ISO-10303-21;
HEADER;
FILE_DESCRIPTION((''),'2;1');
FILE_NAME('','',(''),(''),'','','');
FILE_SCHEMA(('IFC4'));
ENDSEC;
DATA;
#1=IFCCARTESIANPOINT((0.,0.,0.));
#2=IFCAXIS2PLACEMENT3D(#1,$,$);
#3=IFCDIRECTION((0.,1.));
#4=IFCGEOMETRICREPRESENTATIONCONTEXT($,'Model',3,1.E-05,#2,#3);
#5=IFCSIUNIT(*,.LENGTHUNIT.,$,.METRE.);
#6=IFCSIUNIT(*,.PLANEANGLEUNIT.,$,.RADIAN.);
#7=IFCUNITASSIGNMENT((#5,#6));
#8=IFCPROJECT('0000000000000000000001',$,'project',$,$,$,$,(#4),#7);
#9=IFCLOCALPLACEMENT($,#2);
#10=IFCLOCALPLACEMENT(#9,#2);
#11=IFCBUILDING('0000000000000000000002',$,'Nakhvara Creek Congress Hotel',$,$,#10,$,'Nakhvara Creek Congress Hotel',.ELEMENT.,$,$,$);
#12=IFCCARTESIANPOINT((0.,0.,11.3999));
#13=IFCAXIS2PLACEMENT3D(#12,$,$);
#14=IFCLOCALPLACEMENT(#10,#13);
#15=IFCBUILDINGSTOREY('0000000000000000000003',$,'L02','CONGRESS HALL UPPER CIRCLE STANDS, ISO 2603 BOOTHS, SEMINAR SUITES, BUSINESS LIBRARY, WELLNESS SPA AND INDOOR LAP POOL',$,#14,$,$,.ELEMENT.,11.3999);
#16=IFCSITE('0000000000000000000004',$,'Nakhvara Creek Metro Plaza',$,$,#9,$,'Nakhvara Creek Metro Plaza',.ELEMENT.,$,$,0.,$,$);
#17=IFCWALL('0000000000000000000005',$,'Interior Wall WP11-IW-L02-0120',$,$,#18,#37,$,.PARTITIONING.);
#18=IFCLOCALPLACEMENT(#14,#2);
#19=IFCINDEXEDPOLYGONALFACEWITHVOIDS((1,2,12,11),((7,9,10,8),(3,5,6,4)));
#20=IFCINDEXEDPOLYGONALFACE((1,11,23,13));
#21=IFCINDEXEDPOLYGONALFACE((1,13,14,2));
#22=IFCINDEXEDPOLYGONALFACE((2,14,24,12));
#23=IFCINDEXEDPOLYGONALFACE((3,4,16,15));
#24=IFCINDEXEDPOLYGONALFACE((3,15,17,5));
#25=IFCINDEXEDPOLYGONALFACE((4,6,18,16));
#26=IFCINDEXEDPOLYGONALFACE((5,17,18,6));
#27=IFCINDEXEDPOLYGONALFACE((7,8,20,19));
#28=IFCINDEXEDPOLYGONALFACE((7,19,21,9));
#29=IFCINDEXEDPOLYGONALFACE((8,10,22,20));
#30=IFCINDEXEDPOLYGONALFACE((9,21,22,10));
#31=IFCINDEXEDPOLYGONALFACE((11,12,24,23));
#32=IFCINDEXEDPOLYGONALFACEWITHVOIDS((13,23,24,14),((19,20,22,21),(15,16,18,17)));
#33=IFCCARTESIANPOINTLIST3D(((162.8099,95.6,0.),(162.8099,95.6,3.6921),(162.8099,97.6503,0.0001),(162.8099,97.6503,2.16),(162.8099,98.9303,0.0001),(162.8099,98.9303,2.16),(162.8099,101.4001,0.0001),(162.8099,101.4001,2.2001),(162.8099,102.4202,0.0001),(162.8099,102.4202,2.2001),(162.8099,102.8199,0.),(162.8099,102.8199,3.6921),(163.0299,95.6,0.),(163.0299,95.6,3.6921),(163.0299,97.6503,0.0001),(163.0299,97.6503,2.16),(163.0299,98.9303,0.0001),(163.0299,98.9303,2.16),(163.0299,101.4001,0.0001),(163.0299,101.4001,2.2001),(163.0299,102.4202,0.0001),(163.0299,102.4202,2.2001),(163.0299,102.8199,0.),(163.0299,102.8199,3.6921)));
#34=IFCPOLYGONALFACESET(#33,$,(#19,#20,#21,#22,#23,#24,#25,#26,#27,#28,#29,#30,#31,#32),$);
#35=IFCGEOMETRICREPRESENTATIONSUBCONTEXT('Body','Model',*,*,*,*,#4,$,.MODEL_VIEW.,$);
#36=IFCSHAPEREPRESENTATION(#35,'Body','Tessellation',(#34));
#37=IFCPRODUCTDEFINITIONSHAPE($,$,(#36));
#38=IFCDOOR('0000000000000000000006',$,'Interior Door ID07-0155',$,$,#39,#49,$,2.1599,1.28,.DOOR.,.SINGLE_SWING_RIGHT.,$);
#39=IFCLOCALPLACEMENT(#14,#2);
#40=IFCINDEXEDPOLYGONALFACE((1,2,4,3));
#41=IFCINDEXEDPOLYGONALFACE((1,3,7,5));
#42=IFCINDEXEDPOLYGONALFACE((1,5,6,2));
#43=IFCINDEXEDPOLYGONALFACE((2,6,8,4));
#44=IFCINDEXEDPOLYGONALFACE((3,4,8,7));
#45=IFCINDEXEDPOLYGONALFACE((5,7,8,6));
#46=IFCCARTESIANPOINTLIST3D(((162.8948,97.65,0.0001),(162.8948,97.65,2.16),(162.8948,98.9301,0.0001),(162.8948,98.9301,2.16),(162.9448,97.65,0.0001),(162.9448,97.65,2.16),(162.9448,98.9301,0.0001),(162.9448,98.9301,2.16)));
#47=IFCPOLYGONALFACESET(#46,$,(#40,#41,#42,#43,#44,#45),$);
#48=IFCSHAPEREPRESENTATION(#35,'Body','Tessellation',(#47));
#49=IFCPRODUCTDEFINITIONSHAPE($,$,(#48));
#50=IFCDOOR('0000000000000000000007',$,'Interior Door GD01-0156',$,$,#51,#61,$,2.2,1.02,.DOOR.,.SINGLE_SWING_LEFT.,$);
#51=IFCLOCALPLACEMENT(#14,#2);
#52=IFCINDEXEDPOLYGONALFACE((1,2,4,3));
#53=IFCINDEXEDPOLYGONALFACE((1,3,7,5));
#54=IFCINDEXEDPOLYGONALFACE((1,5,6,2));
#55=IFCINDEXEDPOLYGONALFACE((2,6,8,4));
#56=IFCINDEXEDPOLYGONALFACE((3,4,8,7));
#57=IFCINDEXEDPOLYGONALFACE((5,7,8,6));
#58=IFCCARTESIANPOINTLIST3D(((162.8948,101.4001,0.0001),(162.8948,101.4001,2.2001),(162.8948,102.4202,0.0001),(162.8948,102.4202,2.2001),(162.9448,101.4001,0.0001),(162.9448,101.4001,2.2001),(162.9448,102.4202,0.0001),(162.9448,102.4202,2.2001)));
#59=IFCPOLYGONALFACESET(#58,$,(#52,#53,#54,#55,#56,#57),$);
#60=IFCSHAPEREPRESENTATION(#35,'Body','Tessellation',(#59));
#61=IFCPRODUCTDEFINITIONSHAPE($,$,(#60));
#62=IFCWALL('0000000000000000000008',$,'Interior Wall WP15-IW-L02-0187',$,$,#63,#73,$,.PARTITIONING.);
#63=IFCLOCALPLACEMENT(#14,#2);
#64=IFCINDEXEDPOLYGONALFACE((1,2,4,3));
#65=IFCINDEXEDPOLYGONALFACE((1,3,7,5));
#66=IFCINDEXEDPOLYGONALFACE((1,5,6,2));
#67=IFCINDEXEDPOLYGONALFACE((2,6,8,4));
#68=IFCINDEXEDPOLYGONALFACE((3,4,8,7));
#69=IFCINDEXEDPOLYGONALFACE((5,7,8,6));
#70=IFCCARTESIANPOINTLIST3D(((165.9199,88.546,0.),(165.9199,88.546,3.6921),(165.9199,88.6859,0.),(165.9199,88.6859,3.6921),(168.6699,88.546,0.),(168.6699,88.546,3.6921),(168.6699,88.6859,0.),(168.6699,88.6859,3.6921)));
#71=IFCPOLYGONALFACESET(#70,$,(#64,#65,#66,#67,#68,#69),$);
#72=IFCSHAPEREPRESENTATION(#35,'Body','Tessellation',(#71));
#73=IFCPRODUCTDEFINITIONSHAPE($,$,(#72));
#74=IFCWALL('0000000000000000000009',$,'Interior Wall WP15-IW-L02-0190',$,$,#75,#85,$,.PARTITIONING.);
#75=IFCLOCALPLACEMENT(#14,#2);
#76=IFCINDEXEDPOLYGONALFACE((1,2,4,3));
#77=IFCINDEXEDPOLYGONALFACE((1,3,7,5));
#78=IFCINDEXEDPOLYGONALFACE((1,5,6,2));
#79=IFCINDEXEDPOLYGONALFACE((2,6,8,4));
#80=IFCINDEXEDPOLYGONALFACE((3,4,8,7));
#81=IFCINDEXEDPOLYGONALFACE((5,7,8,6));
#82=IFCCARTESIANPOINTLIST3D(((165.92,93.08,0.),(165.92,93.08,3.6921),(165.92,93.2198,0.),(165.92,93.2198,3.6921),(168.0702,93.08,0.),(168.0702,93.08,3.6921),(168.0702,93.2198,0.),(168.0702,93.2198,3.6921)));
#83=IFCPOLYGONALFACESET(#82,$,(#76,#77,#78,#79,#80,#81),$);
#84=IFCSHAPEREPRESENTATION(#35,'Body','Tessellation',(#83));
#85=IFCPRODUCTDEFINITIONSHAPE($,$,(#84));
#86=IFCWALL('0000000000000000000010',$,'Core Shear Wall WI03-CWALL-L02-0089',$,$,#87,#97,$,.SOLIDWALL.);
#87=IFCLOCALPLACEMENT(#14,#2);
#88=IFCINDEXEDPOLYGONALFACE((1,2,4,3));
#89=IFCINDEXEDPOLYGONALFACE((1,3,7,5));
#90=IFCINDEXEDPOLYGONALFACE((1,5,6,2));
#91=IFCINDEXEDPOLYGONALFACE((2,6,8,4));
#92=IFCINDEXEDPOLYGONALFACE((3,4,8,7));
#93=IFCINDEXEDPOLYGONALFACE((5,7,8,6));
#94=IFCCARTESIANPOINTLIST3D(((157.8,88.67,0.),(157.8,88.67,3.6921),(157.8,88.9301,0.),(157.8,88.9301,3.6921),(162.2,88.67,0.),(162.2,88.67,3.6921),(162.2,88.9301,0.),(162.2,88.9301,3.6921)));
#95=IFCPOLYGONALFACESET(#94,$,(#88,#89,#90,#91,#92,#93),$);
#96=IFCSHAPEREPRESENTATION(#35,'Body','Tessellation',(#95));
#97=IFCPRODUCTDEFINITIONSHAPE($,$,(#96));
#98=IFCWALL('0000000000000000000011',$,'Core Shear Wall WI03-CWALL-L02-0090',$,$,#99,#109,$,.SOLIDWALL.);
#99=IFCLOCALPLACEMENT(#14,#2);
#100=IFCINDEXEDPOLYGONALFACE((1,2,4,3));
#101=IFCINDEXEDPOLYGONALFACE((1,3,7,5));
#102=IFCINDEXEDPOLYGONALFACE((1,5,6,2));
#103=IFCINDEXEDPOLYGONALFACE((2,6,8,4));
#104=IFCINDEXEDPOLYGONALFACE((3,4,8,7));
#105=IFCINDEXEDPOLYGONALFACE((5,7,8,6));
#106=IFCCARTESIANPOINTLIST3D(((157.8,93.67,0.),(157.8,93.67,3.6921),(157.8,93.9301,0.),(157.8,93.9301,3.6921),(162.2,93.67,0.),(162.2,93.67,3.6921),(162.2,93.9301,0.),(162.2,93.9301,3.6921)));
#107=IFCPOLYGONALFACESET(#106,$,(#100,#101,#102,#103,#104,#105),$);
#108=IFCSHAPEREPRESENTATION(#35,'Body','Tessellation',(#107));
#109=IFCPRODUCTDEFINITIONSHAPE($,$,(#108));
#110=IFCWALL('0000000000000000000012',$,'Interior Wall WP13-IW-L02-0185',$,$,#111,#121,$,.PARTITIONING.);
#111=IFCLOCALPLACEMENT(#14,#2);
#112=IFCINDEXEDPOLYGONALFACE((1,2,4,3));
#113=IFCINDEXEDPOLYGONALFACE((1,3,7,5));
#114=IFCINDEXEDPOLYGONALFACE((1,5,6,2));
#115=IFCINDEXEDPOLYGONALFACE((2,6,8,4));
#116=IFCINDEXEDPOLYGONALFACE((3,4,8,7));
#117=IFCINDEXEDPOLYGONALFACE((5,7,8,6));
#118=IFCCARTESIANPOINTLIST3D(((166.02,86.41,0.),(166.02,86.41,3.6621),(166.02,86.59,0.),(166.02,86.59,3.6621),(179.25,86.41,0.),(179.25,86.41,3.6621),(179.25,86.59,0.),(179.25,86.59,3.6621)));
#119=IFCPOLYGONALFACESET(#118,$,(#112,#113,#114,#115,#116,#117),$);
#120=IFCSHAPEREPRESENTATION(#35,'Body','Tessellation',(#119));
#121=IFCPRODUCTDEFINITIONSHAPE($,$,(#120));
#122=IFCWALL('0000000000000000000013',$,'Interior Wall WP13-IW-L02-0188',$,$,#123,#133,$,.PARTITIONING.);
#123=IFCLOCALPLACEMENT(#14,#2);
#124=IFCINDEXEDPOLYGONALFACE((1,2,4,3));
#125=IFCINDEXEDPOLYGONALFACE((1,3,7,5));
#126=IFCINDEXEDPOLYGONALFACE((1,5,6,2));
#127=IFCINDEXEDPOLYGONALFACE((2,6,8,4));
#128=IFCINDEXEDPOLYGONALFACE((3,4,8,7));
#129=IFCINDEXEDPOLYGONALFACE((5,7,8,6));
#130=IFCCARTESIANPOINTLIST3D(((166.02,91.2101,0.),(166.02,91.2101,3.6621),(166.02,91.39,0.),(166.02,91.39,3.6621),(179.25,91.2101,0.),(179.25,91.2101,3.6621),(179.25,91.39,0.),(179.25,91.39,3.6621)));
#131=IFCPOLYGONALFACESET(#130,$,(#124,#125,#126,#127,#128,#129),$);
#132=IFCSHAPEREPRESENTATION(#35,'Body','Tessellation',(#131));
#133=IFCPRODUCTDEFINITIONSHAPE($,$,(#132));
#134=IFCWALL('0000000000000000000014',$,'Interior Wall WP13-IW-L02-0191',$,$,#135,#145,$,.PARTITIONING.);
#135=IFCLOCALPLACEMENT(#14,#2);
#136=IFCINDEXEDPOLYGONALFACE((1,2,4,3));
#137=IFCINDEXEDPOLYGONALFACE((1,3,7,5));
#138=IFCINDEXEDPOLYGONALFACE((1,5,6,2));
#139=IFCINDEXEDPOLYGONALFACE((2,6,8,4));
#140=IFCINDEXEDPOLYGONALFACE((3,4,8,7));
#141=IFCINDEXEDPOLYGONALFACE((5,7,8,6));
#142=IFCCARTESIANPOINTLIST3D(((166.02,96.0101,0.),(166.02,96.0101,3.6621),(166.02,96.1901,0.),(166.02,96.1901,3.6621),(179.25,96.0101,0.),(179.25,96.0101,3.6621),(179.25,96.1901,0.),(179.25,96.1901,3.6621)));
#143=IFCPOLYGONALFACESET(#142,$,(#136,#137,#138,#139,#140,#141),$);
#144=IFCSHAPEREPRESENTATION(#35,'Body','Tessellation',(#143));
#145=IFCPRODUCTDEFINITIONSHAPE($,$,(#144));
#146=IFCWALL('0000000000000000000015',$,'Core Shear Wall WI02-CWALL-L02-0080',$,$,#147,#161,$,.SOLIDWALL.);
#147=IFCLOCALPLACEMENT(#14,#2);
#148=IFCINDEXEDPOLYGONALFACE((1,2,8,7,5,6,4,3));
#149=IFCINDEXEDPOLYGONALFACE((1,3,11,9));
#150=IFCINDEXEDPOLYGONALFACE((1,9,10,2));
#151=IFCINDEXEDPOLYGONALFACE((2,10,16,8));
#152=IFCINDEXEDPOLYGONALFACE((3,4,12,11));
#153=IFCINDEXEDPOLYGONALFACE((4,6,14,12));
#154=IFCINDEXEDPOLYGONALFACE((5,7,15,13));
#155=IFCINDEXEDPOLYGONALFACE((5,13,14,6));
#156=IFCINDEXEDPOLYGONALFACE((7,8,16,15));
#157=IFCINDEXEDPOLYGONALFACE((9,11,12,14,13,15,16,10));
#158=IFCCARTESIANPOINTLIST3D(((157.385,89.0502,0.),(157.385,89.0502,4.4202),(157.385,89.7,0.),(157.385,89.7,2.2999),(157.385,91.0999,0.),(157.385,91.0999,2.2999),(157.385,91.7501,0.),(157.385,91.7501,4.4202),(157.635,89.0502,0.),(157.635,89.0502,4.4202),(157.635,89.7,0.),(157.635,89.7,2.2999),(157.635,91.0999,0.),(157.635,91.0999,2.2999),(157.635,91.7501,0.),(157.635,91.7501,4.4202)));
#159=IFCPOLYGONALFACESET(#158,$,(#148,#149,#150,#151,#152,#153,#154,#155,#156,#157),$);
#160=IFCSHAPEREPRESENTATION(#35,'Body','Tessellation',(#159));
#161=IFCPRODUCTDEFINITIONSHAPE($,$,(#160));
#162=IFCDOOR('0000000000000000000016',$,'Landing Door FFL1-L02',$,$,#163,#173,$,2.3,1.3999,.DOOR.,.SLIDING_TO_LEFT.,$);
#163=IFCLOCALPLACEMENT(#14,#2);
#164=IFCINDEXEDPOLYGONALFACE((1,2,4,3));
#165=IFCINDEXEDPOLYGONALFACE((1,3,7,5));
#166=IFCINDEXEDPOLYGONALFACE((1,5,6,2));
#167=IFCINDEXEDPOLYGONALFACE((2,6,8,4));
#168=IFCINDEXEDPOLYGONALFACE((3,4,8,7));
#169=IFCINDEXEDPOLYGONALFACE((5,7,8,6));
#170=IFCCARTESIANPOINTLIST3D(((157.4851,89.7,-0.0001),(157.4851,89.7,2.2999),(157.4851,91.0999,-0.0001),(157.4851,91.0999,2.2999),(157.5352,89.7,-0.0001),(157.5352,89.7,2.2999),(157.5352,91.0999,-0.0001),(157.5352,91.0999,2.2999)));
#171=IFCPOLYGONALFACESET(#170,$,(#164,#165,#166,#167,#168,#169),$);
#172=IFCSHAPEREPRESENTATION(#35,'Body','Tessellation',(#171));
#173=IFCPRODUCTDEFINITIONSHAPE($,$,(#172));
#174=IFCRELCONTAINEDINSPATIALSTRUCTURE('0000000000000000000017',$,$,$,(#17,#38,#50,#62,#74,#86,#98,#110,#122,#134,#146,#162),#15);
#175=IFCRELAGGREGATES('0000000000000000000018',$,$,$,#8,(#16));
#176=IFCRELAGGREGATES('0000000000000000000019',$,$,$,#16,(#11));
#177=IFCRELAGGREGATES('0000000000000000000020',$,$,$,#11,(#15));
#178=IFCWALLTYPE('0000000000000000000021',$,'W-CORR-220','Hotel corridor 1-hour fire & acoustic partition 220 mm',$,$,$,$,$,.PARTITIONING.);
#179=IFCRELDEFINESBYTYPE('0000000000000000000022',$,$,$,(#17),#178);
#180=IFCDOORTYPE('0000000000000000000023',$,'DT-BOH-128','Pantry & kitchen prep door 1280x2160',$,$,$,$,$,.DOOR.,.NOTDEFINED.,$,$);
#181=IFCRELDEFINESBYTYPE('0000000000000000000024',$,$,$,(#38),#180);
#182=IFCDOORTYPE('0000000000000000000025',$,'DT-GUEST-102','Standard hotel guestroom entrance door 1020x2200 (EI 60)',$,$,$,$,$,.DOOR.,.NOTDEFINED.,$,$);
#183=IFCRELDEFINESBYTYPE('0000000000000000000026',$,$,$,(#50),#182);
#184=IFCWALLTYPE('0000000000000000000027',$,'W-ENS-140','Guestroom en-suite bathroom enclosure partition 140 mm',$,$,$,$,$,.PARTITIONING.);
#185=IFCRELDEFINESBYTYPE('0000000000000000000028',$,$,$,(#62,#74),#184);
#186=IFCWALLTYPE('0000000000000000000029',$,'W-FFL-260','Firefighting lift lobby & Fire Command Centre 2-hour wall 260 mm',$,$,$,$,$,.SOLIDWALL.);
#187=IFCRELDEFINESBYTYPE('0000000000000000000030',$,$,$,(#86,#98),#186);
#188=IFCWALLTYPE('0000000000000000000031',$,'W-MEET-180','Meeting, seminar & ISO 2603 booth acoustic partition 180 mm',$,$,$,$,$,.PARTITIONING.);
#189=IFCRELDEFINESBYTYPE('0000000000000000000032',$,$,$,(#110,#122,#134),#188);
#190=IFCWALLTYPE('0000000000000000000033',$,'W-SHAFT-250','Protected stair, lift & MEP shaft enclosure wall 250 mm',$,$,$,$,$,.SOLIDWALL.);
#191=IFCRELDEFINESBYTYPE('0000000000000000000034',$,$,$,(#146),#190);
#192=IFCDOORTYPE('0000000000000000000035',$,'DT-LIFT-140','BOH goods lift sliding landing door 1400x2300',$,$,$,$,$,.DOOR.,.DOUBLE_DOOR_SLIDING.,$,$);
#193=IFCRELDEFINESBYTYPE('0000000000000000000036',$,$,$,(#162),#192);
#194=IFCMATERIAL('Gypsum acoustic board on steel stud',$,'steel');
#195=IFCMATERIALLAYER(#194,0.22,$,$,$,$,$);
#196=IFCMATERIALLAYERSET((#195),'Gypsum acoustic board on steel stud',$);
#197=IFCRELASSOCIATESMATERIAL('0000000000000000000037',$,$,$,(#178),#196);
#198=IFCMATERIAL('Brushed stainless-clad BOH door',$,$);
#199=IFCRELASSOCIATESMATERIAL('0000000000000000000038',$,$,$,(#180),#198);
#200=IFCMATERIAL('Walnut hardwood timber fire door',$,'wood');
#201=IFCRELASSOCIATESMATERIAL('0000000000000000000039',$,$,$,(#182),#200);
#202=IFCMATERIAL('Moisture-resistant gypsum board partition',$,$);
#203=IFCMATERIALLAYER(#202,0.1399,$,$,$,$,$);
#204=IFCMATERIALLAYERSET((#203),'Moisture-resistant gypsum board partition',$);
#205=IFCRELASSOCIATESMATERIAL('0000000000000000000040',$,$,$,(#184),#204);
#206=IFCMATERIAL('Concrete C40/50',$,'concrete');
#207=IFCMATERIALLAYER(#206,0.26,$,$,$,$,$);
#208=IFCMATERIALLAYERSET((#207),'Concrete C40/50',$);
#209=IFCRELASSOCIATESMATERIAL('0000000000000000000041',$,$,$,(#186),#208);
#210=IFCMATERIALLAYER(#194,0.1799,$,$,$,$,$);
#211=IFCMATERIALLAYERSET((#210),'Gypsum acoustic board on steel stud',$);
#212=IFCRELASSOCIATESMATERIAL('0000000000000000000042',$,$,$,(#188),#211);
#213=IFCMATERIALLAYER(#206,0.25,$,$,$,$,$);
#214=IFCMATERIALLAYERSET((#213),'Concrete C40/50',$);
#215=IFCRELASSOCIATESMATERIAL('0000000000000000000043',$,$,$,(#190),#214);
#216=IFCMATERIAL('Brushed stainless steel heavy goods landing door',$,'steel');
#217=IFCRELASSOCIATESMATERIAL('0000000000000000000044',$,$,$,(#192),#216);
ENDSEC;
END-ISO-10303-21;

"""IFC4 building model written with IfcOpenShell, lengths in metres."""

from ifc_helpers import new_model, si_unit, direction, frame, frame_2d, origin, place, context, subcontext, project, spatial, rectangle, extrude, material, layer, layer_set, type_object, element, fill, save


model = new_model("IFC4")

# Units and contexts
model_context = context("Model", 3, precision=1e-05, world=origin(), true_north=direction((0.0, 1.0)))
body_context = subcontext(model_context, "Body", "Model", "MODEL_VIEW")
ifc_project = project(units=[si_unit("LENGTHUNIT", "METRE"), si_unit("PLANEANGLEUNIT", "RADIAN")], contexts=[model_context])

# Site, building, storey
site_placement = place(None, origin())
site = spatial("IfcSite", under=ifc_project, at=site_placement, Name="Nakhvara Creek Metro Plaza", LongName="Nakhvara Creek Metro Plaza", CompositionType="ELEMENT", RefElevation=0.0)
building_placement = place(site_placement, origin())
building = spatial("IfcBuilding", under=site, at=building_placement, Name="Nakhvara Creek Congress Hotel", LongName="Nakhvara Creek Congress Hotel", CompositionType="ELEMENT")
storey_placement = place(building_placement, frame((0.0, 0.0, 11.3999)))
storey = spatial("IfcBuildingStorey", under=building, at=storey_placement, Name="L02", Description="CONGRESS HALL UPPER CIRCLE STANDS, ISO 2603 BOOTHS, SEMINAR SUITES, BUSINESS LIBRARY, WELLNESS SPA AND INDOOR LAP POOL", CompositionType="ELEMENT", Elevation=11.3999)

# Shared definitions
ifc_material_1 = material(Name="Concrete C40/50", Category="concrete")

# Wall, openings, doors
ifc_material_2 = material(Name="Gypsum acoustic board on steel stud", Category="steel")
ifc_layer_1 = layer(ifc_material_2, 0.22)
ifc_layer_set_1 = layer_set([ifc_layer_1], Name="Gypsum acoustic board on steel stud")
wall_type_1 = type_object("IfcWallType", Name="W-CORR-220", Description="Hotel corridor 1-hour fire & acoustic partition 220 mm", PredefinedType="PARTITIONING", material=ifc_layer_set_1)
wall_1_placement = place(storey_placement, frame((162.9199, 95.6001, 0.0), z_axis=(0.0, 0.0, 1.0), x_axis=(0.0, 1.0, 0.0)))
wall_1 = element("IfcWall", 1, at=wall_1_placement, inside=storey, type_object=wall_type_1, Name="Interior Wall WP11-IW-L02-0120", PredefinedType="PARTITIONING", context=body_context, shape_type="SweptSolid", body=[
    extrude(rectangle(XDim=7.22, YDim=0.22, at=frame_2d((3.6099, 0.0))), origin(), (0.0, 0.0, 1.0), 3.6921),
])
opening_1_placement = place(wall_1_placement, frame((2.05, 0.0, 0.0)))
opening_1 = element("IfcOpeningElement", 2, at=opening_1_placement, cuts=wall_1, PredefinedType="OPENING", context=body_context, shape_type="SweptSolid", body=[
    extrude(rectangle(XDim=1.28, YDim=2.1599, at=frame_2d((0.6401, 1.0801))), frame((0.0, 0.1221, 0.0), z_axis=(0.0, -1.0, 0.0), x_axis=(1.0, 0.0, 0.0)), (0.0, 0.0, 1.0), 0.2439),
])
opening_2_placement = place(wall_1_placement, frame((5.8, 0.0, 0.0)))
opening_2 = element("IfcOpeningElement", 3, at=opening_2_placement, cuts=wall_1, PredefinedType="OPENING", context=body_context, shape_type="SweptSolid", body=[
    extrude(rectangle(XDim=1.02, YDim=2.2, at=frame_2d((0.51, 1.1001))), frame((0.0, 0.1221, 0.0), z_axis=(0.0, -1.0, 0.0), x_axis=(1.0, 0.0, 0.0)), (0.0, 0.0, 1.0), 0.2439),
])
ifc_material_3 = material(Name="Brushed stainless-clad BOH door")
door_type_1 = type_object("IfcDoorType", Name="DT-BOH-128", Description="Pantry & kitchen prep door 1280x2160", OperationType="NOTDEFINED", PredefinedType="DOOR", material=ifc_material_3)
door_1_placement = place(opening_1_placement, frame((1.28, 0.0, 0.0), z_axis=(0.0, 0.0, 1.0), x_axis=(-1.0, 0.0, 0.0)))
door_1 = element("IfcDoor", 4, at=door_1_placement, inside=storey, type_object=door_type_1, Name="Interior Door ID07-0155", OperationType="SINGLE_SWING_RIGHT", OverallHeight=2.1599, OverallWidth=1.28, PredefinedType="DOOR", context=body_context, shape_type="SweptSolid", body=[
    extrude(rectangle(XDim=1.28, YDim=2.1599, at=frame_2d((0.6401, 1.0801))), frame((0.0, 0.0249, 0.0), z_axis=(0.0, -1.0, 0.0), x_axis=(1.0, 0.0, 0.0)), (0.0, 0.0, 1.0), 0.05),
])
fill(opening_1, door_1)
ifc_material_4 = material(Name="Walnut hardwood timber fire door", Category="wood")
door_type_2 = type_object("IfcDoorType", Name="DT-GUEST-102", Description="Standard hotel guestroom entrance door 1020x2200 (EI 60)", OperationType="NOTDEFINED", PredefinedType="DOOR", material=ifc_material_4)
door_2_placement = place(opening_2_placement, frame((1.02, 0.0, 0.0), z_axis=(0.0, 0.0, 1.0), x_axis=(-1.0, 0.0, 0.0)))
door_2 = element("IfcDoor", 5, at=door_2_placement, inside=storey, type_object=door_type_2, Name="Interior Door GD01-0156", OperationType="SINGLE_SWING_LEFT", OverallHeight=2.2, OverallWidth=1.02, PredefinedType="DOOR", context=body_context, shape_type="SweptSolid", body=[
    extrude(rectangle(XDim=1.02, YDim=2.2, at=frame_2d((0.51, 1.1001))), frame((0.0, 0.0249, 0.0), z_axis=(0.0, -1.0, 0.0), x_axis=(1.0, 0.0, 0.0)), (0.0, 0.0, 1.0), 0.05),
])
fill(opening_2, door_2)

# Walls
ifc_material_5 = material(Name="Moisture-resistant gypsum board partition")
ifc_layer_2 = layer(ifc_material_5, 0.1399)
ifc_layer_set_2 = layer_set([ifc_layer_2], Name="Moisture-resistant gypsum board partition")
wall_type_2 = type_object("IfcWallType", Name="W-ENS-140", Description="Guestroom en-suite bathroom enclosure partition 140 mm", PredefinedType="PARTITIONING", material=ifc_layer_set_2)
wall_2_placement = place(storey_placement, frame((165.9199, 88.616, 0.0), z_axis=(0.0, 0.0, 1.0), x_axis=(1.0, 0.0, 0.0)))
element("IfcWall", 6, at=wall_2_placement, inside=storey, type_object=wall_type_2, Name="Interior Wall WP15-IW-L02-0187", PredefinedType="PARTITIONING", context=body_context, shape_type="SweptSolid", body=[
    extrude(rectangle(XDim=2.75, YDim=0.1399, at=frame_2d((1.375, 0.0))), origin(), (0.0, 0.0, 1.0), 3.6921),
])
wall_3_placement = place(storey_placement, frame((165.9199, 93.1499, 0.0), z_axis=(0.0, 0.0, 1.0), x_axis=(1.0, 0.0, 0.0)))
element("IfcWall", 7, at=wall_3_placement, inside=storey, type_object=wall_type_2, Name="Interior Wall WP15-IW-L02-0190", PredefinedType="PARTITIONING", context=body_context, shape_type="SweptSolid", body=[
    extrude(rectangle(XDim=2.1501, YDim=0.1399, at=frame_2d((1.0752, 0.0))), origin(), (0.0, 0.0, 1.0), 3.6921),
])

# Shared definitions
ifc_layer_3 = layer(ifc_material_1, 0.26)
ifc_layer_set_3 = layer_set([ifc_layer_3], Name="Concrete C40/50")
wall_type_3 = type_object("IfcWallType", Name="W-FFL-260", Description="Firefighting lift lobby & Fire Command Centre 2-hour wall 260 mm", PredefinedType="SOLIDWALL", material=ifc_layer_set_3)

# Walls
for number, where, z_axis, x_axis, name in (
    (8, (157.8, 88.8, 0.0), (0.0, 0.0, 1.0), (1.0, 0.0, 0.0), "Core Shear Wall WI03-CWALL-L02-0089"),
    (9, (157.8, 93.8, 0.0), (0.0, 0.0, 1.0), (1.0, 0.0, 0.0), "Core Shear Wall WI03-CWALL-L02-0090"),
):
    element("IfcWall", number, at=place(storey_placement, frame(where, z_axis=z_axis, x_axis=x_axis)), inside=storey, type_object=wall_type_3, Name=name, PredefinedType="SOLIDWALL", context=body_context, shape_type="SweptSolid", body=[
        extrude(rectangle(XDim=4.3999, YDim=0.26, at=frame_2d((2.2, 0.0))), origin(), (0.0, 0.0, 1.0), 3.6921),
    ])
ifc_layer_4 = layer(ifc_material_2, 0.1799)
ifc_layer_set_4 = layer_set([ifc_layer_4], Name="Gypsum acoustic board on steel stud")
wall_type_4 = type_object("IfcWallType", Name="W-MEET-180", Description="Meeting, seminar & ISO 2603 booth acoustic partition 180 mm", PredefinedType="PARTITIONING", material=ifc_layer_set_4)
for number, where, z_axis, x_axis, name in (
    (10, (166.02, 86.5, 0.0), (0.0, 0.0, 1.0), (1.0, 0.0, 0.0), "Interior Wall WP13-IW-L02-0185"),
    (11, (166.02, 91.3, 0.0), (0.0, 0.0, 1.0), (1.0, 0.0, 0.0), "Interior Wall WP13-IW-L02-0188"),
    (12, (166.02, 96.1001, 0.0), (0.0, 0.0, 1.0), (1.0, 0.0, 0.0), "Interior Wall WP13-IW-L02-0191"),
):
    element("IfcWall", number, at=place(storey_placement, frame(where, z_axis=z_axis, x_axis=x_axis)), inside=storey, type_object=wall_type_4, Name=name, PredefinedType="PARTITIONING", context=body_context, shape_type="SweptSolid", body=[
        extrude(rectangle(XDim=13.23, YDim=0.1799, at=frame_2d((6.615, 0.0))), origin(), (0.0, 0.0, 1.0), 3.6621),
    ])

# Wall, opening, door
ifc_layer_5 = layer(ifc_material_1, 0.25)
ifc_layer_set_5 = layer_set([ifc_layer_5], Name="Concrete C40/50")
wall_type_5 = type_object("IfcWallType", Name="W-SHAFT-250", Description="Protected stair, lift & MEP shaft enclosure wall 250 mm", PredefinedType="SOLIDWALL", material=ifc_layer_set_5)
wall_4_placement = place(storey_placement, frame((157.51, 89.05, 0.0), z_axis=(0.0, 0.0, 1.0), x_axis=(0.0, 1.0, 0.0)))
wall_4 = element("IfcWall", 13, at=wall_4_placement, inside=storey, type_object=wall_type_5, Name="Core Shear Wall WI02-CWALL-L02-0080", PredefinedType="SOLIDWALL", context=body_context, shape_type="SweptSolid", body=[
    extrude(rectangle(XDim=2.7, YDim=0.25, at=frame_2d((1.3501, 0.0))), origin(), (0.0, 0.0, 1.0), 4.4202),
])
opening_3_placement = place(wall_4_placement, frame((0.6499, 0.0, 0.0)))
opening_3 = element("IfcOpeningElement", 14, at=opening_3_placement, cuts=wall_4, PredefinedType="OPENING", context=body_context, shape_type="SweptSolid", body=[
    extrude(rectangle(XDim=1.3999, YDim=2.3, at=frame_2d((0.7, 1.1499))), frame((0.0, 0.137, 0.0), z_axis=(0.0, -1.0, 0.0), x_axis=(1.0, 0.0, 0.0)), (0.0, 0.0, 1.0), 0.2739),
])
ifc_material_6 = material(Name="Brushed stainless steel heavy goods landing door", Category="steel")
door_type_3 = type_object("IfcDoorType", Name="DT-LIFT-140", Description="BOH goods lift sliding landing door 1400x2300", OperationType="DOUBLE_DOOR_SLIDING", PredefinedType="DOOR", material=ifc_material_6)
door_3_placement = place(opening_3_placement, origin())
door_3 = element("IfcDoor", 15, at=door_3_placement, inside=storey, type_object=door_type_3, Name="Landing Door FFL1-L02", OperationType="SLIDING_TO_LEFT", OverallHeight=2.3, OverallWidth=1.3999, PredefinedType="DOOR", context=body_context, shape_type="SweptSolid", body=[
    extrude(rectangle(XDim=1.3999, YDim=2.3, at=frame_2d((0.7, 1.1499))), frame((0.0, 0.0249, 0.0), z_axis=(0.0, -1.0, 0.0), x_axis=(1.0, 0.0, 0.0)), (0.0, 0.0, 1.0), 0.05),
])
fill(opening_3, door_3)

save(model, "model.ifc")
